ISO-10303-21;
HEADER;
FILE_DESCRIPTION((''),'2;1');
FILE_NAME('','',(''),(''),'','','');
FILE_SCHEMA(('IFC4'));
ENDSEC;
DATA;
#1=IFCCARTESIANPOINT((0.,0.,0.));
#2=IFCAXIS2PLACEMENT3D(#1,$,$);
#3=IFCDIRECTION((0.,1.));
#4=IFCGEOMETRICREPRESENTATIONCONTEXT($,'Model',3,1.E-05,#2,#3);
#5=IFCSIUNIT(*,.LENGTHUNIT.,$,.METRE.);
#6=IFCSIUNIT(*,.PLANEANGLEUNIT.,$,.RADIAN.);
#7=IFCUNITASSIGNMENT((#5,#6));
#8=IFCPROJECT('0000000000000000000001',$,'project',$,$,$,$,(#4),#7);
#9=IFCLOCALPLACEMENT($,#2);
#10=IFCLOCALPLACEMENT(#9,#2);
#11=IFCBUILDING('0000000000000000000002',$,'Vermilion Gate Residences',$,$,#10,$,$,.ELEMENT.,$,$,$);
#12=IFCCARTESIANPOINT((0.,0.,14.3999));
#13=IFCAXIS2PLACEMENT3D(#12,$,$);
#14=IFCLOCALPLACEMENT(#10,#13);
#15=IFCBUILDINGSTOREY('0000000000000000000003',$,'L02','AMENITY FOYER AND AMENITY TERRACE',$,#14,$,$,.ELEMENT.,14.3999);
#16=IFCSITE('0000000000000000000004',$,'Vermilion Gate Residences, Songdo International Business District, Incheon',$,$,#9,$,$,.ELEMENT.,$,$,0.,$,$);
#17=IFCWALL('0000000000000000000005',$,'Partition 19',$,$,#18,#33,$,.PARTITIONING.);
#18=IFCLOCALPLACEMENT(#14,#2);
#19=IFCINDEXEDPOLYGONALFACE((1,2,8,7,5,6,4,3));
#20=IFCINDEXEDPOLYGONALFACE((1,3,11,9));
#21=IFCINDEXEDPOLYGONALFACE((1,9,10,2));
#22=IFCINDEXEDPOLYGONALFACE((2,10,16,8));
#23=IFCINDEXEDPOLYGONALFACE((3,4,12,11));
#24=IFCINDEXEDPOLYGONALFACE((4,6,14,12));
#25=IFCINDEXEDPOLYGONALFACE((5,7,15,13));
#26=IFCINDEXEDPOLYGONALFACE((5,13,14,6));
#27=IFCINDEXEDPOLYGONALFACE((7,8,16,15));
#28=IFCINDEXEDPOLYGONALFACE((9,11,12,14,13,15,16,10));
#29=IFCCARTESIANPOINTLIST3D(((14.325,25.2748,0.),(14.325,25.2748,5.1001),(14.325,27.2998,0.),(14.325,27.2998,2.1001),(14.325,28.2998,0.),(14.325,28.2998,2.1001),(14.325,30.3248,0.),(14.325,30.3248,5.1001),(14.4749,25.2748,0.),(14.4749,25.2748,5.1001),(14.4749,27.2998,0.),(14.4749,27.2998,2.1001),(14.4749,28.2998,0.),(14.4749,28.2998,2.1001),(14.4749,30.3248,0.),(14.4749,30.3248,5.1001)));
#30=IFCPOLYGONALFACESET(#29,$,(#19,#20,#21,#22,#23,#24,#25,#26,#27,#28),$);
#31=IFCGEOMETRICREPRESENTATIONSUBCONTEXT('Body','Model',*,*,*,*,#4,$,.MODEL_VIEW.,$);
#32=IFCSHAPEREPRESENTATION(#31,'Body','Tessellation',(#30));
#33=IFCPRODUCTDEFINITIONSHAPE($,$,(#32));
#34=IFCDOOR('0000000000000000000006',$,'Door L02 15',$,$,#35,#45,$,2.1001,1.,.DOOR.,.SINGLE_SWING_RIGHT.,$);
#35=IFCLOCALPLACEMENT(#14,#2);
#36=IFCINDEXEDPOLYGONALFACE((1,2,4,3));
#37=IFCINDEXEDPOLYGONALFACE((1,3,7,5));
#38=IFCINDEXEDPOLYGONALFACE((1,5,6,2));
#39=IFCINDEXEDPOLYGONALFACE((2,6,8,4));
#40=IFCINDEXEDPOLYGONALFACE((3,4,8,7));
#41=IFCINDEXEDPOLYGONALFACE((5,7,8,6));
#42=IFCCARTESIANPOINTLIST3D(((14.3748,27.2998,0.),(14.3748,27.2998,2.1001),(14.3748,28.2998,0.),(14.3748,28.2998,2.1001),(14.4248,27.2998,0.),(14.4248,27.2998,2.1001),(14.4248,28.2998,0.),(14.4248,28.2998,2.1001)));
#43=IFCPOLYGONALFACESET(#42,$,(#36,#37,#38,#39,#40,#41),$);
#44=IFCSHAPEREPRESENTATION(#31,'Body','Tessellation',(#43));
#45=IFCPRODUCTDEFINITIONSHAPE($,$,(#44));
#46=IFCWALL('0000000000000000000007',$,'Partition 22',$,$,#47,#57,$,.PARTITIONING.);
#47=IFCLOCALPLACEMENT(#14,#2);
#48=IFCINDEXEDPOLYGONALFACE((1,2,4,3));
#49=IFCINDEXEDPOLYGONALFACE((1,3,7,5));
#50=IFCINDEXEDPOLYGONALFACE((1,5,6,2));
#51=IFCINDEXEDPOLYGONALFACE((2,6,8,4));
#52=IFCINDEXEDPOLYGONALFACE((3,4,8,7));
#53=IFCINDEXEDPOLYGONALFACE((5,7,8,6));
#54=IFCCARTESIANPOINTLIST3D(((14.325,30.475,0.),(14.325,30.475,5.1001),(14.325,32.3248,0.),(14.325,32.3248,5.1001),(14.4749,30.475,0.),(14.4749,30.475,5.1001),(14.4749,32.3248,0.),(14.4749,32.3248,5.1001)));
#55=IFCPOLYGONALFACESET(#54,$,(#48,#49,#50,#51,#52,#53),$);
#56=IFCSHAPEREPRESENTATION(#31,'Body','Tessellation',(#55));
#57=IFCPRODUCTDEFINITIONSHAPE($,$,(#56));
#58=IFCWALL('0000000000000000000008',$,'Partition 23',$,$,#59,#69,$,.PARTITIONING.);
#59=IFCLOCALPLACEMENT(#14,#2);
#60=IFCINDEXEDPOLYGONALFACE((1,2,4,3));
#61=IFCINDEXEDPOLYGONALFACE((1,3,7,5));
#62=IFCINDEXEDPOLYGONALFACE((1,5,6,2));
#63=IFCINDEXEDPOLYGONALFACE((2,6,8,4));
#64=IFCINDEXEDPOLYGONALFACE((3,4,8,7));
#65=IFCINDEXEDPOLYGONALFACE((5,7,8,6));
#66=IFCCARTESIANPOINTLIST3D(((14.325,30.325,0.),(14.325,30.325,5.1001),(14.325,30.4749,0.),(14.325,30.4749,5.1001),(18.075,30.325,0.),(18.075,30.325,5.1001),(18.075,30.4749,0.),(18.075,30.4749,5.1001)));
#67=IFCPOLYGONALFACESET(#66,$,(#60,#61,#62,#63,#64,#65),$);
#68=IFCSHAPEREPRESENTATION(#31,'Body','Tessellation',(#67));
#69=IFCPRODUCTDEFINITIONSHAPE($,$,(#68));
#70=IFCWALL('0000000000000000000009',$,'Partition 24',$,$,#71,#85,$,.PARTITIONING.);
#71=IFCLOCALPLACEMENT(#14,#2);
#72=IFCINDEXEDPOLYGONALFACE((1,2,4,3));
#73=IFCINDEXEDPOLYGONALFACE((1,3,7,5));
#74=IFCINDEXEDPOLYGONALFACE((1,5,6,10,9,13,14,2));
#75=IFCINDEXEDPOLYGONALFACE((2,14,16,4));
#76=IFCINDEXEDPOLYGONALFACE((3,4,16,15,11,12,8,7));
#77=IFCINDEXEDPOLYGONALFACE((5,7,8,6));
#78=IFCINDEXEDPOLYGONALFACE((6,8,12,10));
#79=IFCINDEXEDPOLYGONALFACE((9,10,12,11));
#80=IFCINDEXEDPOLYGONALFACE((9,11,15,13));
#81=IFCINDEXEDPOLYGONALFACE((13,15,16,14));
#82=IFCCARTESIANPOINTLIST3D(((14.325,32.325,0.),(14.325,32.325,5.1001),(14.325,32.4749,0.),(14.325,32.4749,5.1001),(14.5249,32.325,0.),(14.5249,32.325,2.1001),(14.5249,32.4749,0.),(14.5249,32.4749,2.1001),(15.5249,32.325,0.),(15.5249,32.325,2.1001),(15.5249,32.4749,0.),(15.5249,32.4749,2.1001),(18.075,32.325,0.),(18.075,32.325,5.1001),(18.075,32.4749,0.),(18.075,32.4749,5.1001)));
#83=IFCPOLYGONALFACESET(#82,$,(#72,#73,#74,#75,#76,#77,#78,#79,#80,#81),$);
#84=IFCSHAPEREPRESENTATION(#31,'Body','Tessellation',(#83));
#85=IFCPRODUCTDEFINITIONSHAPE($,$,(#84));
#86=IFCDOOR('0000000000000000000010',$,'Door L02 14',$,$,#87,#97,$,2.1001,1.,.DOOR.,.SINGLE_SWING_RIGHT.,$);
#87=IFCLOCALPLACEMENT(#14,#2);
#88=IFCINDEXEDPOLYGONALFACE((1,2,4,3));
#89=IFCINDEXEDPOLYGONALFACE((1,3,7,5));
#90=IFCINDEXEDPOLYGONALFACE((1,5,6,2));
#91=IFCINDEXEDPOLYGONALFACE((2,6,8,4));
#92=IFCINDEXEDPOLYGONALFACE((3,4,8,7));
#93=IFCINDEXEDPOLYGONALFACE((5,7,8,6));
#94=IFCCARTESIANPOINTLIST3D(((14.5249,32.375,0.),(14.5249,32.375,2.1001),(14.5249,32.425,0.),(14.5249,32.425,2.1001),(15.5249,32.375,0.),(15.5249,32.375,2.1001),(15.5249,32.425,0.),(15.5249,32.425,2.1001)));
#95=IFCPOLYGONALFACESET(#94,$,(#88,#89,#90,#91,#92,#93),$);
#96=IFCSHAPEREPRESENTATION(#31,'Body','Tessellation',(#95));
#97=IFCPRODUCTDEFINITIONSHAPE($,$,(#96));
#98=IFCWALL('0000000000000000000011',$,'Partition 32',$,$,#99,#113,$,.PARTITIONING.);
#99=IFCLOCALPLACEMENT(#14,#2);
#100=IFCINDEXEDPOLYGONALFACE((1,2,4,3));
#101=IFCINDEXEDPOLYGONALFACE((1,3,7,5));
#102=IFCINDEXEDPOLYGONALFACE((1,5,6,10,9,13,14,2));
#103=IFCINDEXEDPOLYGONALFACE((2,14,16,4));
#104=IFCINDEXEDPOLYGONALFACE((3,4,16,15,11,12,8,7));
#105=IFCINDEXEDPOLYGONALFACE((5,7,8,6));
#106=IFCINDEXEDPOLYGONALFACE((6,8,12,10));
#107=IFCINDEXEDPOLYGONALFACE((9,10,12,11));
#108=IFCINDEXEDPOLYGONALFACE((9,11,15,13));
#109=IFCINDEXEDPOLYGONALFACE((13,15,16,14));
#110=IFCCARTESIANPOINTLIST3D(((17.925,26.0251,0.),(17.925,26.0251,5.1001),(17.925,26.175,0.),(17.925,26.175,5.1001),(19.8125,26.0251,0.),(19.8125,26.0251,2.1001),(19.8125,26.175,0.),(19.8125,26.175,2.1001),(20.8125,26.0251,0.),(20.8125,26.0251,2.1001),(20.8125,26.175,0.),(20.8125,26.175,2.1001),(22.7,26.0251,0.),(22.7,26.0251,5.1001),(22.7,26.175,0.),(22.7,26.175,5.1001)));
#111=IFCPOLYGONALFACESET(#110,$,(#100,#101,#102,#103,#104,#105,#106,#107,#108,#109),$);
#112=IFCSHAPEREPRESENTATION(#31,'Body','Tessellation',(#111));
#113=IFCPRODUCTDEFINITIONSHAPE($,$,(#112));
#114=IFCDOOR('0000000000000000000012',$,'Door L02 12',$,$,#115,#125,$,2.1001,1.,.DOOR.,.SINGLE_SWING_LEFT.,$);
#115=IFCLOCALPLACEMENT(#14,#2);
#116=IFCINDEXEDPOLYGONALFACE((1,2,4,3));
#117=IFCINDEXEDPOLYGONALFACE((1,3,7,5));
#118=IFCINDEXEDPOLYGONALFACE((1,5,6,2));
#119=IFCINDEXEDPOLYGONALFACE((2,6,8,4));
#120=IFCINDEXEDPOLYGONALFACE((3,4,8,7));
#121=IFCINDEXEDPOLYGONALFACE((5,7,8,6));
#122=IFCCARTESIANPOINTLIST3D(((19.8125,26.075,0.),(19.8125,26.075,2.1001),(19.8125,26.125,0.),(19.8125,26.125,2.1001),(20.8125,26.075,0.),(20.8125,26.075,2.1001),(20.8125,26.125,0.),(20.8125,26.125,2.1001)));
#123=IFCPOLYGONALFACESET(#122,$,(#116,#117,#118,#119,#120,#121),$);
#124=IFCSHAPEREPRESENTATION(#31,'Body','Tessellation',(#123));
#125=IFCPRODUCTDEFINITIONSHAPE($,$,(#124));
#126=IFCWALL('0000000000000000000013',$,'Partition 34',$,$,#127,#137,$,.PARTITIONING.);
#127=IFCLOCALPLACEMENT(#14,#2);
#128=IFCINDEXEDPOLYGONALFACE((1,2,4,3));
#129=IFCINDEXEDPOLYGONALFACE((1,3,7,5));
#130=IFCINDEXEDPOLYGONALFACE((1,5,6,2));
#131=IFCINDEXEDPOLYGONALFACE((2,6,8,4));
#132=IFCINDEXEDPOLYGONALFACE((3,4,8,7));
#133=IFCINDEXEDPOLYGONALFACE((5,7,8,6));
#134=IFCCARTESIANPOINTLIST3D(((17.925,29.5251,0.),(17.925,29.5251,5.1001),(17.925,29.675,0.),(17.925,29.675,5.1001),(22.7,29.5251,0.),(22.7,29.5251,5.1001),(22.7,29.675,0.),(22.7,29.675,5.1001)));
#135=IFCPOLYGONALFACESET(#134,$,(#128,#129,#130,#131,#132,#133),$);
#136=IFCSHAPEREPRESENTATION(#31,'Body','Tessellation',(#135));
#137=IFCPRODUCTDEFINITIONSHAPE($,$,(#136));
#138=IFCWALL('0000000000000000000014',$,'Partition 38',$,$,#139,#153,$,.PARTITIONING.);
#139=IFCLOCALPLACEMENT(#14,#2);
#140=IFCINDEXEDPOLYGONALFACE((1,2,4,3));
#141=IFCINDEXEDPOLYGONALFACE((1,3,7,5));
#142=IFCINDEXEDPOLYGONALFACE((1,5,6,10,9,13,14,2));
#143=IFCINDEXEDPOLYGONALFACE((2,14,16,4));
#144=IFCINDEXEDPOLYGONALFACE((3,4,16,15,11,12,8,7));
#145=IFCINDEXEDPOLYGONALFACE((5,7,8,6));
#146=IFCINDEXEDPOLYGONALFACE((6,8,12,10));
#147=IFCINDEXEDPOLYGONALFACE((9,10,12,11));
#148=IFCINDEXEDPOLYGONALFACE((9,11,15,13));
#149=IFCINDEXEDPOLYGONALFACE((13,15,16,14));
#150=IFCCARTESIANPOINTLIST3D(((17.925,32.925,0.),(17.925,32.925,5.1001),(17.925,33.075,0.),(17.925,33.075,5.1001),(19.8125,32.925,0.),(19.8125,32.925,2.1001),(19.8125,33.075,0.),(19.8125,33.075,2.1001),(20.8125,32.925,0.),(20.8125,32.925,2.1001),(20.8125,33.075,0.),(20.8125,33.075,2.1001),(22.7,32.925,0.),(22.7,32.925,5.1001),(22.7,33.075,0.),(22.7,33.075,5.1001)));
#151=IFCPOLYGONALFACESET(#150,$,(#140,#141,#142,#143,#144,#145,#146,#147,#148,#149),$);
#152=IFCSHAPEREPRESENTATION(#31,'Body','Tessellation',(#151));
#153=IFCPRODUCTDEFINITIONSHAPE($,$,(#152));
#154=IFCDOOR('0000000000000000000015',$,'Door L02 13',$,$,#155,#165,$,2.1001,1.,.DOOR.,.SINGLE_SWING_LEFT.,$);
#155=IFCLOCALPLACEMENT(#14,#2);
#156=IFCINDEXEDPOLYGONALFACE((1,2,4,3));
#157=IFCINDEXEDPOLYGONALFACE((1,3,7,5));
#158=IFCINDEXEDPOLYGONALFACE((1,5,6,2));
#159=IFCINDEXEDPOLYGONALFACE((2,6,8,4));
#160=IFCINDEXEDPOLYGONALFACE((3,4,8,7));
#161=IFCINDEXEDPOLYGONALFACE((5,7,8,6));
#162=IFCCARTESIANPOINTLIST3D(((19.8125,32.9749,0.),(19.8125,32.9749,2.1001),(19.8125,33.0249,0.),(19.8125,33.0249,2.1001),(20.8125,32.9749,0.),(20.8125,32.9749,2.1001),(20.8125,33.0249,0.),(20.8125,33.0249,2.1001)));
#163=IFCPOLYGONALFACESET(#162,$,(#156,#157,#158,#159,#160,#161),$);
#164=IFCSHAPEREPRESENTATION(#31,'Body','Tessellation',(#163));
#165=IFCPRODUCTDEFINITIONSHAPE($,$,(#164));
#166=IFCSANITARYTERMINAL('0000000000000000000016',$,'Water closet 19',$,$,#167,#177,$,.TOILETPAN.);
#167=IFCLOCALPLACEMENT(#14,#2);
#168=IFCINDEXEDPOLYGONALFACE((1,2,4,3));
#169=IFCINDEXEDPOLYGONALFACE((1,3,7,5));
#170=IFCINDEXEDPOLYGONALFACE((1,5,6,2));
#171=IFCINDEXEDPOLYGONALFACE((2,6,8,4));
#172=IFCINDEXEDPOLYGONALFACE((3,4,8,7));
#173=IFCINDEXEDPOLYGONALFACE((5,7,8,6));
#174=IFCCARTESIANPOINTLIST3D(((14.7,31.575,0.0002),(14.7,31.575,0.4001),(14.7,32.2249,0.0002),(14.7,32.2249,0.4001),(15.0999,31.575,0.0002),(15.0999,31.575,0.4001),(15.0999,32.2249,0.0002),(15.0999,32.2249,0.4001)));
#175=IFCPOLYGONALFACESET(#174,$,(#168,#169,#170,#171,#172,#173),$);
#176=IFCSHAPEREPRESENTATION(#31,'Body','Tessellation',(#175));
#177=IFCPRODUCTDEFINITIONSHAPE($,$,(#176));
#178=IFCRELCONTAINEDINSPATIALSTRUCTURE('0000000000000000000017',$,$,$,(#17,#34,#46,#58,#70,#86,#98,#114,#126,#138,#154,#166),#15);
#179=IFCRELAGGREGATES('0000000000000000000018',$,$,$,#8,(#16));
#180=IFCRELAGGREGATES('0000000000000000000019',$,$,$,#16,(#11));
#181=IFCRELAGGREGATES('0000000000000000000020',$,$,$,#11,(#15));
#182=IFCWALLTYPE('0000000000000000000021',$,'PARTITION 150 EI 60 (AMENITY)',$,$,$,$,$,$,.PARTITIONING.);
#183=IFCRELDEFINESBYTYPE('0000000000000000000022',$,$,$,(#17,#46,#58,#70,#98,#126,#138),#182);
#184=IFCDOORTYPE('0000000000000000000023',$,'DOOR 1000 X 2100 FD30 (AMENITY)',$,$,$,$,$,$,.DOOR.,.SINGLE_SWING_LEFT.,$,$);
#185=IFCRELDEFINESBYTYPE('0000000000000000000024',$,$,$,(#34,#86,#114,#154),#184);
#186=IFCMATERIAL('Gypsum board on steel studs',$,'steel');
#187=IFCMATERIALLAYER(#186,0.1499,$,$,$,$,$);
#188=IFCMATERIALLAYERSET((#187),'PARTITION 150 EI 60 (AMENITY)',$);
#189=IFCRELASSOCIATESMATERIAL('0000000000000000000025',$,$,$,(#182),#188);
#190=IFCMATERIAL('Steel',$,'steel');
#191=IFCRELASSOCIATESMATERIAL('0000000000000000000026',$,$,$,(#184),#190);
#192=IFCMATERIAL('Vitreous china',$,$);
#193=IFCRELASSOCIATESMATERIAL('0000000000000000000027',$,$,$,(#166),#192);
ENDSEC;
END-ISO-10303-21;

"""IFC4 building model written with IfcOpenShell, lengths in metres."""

from ifc_helpers import new_model, si_unit, direction, frame, frame_2d, origin, origin_2d, place, context, subcontext, project, spatial, rectangle, extrude, material, layer, layer_set, type_object, element, fill, save


model = new_model("IFC4")

# Units and contexts
model_context = context("Model", 3, precision=1e-05, world=origin(), true_north=direction((0.0, 1.0)))
body_context = subcontext(model_context, "Body", "Model", "MODEL_VIEW")
ifc_project = project(units=[si_unit("LENGTHUNIT", "METRE"), si_unit("PLANEANGLEUNIT", "RADIAN")], contexts=[model_context])

# Site, building, storey
site_placement = place(None, origin())
site = spatial("IfcSite", under=ifc_project, at=site_placement, Name="Vermilion Gate Residences, Songdo International Business District, Incheon", CompositionType="ELEMENT", RefElevation=0.0)
building_placement = place(site_placement, origin())
building = spatial("IfcBuilding", under=site, at=building_placement, Name="Vermilion Gate Residences", CompositionType="ELEMENT")
storey_placement = place(building_placement, frame((0.0, 0.0, 14.3999)))
storey = spatial("IfcBuildingStorey", under=building, at=storey_placement, Name="L02", Description="AMENITY FOYER AND AMENITY TERRACE", CompositionType="ELEMENT", Elevation=14.3999)

# Shared definitions
ifc_material_1 = material(Name="Gypsum board on steel studs", Category="steel")
ifc_layer = layer(ifc_material_1, 0.1499)
ifc_layer_set = layer_set([ifc_layer], Name="PARTITION 150 EI 60 (AMENITY)")
wall_type = type_object("IfcWallType", Name="PARTITION 150 EI 60 (AMENITY)", PredefinedType="PARTITIONING", material=ifc_layer_set)
ifc_material_2 = material(Name="Steel", Category="steel")
door_type = type_object("IfcDoorType", Name="DOOR 1000 X 2100 FD30 (AMENITY)", OperationType="SINGLE_SWING_LEFT", PredefinedType="DOOR", material=ifc_material_2)

# Wall, opening, door
wall_1_placement = place(storey_placement, frame((14.3999, 25.2749, 0.0), z_axis=(0.0, 0.0, 1.0), x_axis=(0.0, 1.0, 0.0)))
wall_1 = element("IfcWall", 1, at=wall_1_placement, inside=storey, type_object=wall_type, Name="Partition 19", PredefinedType="PARTITIONING", context=body_context, shape_type="SweptSolid", body=[
    extrude(rectangle(XDim=5.05, YDim=0.1499, at=frame_2d((2.5249, 0.0))), origin(), (0.0, 0.0, 1.0), 5.1001),
])
opening_1_placement = place(wall_1_placement, frame((2.0249, 0.0, 0.0)))
opening_1 = element("IfcOpeningElement", 2, at=opening_1_placement, cuts=wall_1, PredefinedType="OPENING", context=body_context, shape_type="SweptSolid", body=[
    extrude(rectangle(XDim=1.0, YDim=2.1001, at=frame_2d((0.5, 1.05))), frame((0.0, 0.085, 0.0), z_axis=(0.0, -1.0, 0.0), x_axis=(1.0, 0.0, 0.0)), (0.0, 0.0, 1.0), 0.1699),
])
door_1_placement = place(opening_1_placement, frame((1.0, 0.0, 0.0), z_axis=(0.0, 0.0, 1.0), x_axis=(-1.0, 0.0, 0.0)))
door_1 = element("IfcDoor", 3, at=door_1_placement, inside=storey, type_object=door_type, Name="Door L02 15", OperationType="SINGLE_SWING_RIGHT", OverallHeight=2.1001, OverallWidth=1.0, PredefinedType="DOOR", context=body_context, shape_type="SweptSolid", body=[
    extrude(rectangle(XDim=1.0, YDim=2.1001, at=frame_2d((0.5, 1.05))), frame((0.0, 0.0249, 0.0), z_axis=(0.0, -1.0, 0.0), x_axis=(1.0, 0.0, 0.0)), (0.0, 0.0, 1.0), 0.05),
])
fill(opening_1, door_1)

# Walls
wall_2_placement = place(storey_placement, frame((14.3999, 30.4751, 0.0), z_axis=(0.0, 0.0, 1.0), x_axis=(0.0, 1.0, 0.0)))
element("IfcWall", 4, at=wall_2_placement, inside=storey, type_object=wall_type, Name="Partition 22", PredefinedType="PARTITIONING", context=body_context, shape_type="SweptSolid", body=[
    extrude(rectangle(XDim=1.8499, YDim=0.1499, at=frame_2d((0.9248, 0.0))), origin(), (0.0, 0.0, 1.0), 5.1001),
])
wall_3_placement = place(storey_placement, frame((14.325, 30.3999, 0.0), z_axis=(0.0, 0.0, 1.0), x_axis=(1.0, 0.0, 0.0)))
element("IfcWall", 5, at=wall_3_placement, inside=storey, type_object=wall_type, Name="Partition 23", PredefinedType="PARTITIONING", context=body_context, shape_type="SweptSolid", body=[
    extrude(rectangle(XDim=3.75, YDim=0.1499, at=frame_2d((1.875, 0.0))), origin(), (0.0, 0.0, 1.0), 5.1001),
])

# Walls, openings, doors
wall_4_placement = place(storey_placement, frame((14.325, 32.3999, 0.0), z_axis=(0.0, 0.0, 1.0), x_axis=(1.0, 0.0, 0.0)))
wall_4 = element("IfcWall", 6, at=wall_4_placement, inside=storey, type_object=wall_type, Name="Partition 24", PredefinedType="PARTITIONING", context=body_context, shape_type="SweptSolid", body=[
    extrude(rectangle(XDim=3.75, YDim=0.1499, at=frame_2d((1.875, 0.0))), origin(), (0.0, 0.0, 1.0), 5.1001),
])
opening_2_placement = place(wall_4_placement, frame((0.2, 0.0, 0.0)))
opening_2 = element("IfcOpeningElement", 7, at=opening_2_placement, cuts=wall_4, PredefinedType="OPENING", context=body_context, shape_type="SweptSolid", body=[
    extrude(rectangle(XDim=1.0, YDim=2.1001, at=frame_2d((0.5, 1.05))), frame((0.0, 0.085, 0.0), z_axis=(0.0, -1.0, 0.0), x_axis=(1.0, 0.0, 0.0)), (0.0, 0.0, 1.0), 0.1699),
])
door_2_placement = place(opening_2_placement, frame((1.0, 0.0, 0.0), z_axis=(0.0, 0.0, 1.0), x_axis=(-1.0, 0.0, 0.0)))
door_2 = element("IfcDoor", 8, at=door_2_placement, inside=storey, type_object=door_type, Name="Door L02 14", OperationType="SINGLE_SWING_RIGHT", OverallHeight=2.1001, OverallWidth=1.0, PredefinedType="DOOR", context=body_context, shape_type="SweptSolid", body=[
    extrude(rectangle(XDim=1.0, YDim=2.1001, at=frame_2d((0.5, 1.05))), frame((0.0, 0.0249, 0.0), z_axis=(0.0, -1.0, 0.0), x_axis=(1.0, 0.0, 0.0)), (0.0, 0.0, 1.0), 0.05),
])
fill(opening_2, door_2)
wall_5_placement = place(storey_placement, frame((17.925, 26.1001, 0.0), z_axis=(0.0, 0.0, 1.0), x_axis=(1.0, 0.0, 0.0)))
wall_5 = element("IfcWall", 9, at=wall_5_placement, inside=storey, type_object=wall_type, Name="Partition 32", PredefinedType="PARTITIONING", context=body_context, shape_type="SweptSolid", body=[
    extrude(rectangle(XDim=4.7749, YDim=0.1499, at=frame_2d((2.3875, 0.0))), origin(), (0.0, 0.0, 1.0), 5.1001),
])
opening_3_placement = place(wall_5_placement, frame((1.8875, 0.0, 0.0)))
opening_3 = element("IfcOpeningElement", 10, at=opening_3_placement, cuts=wall_5, PredefinedType="OPENING", context=body_context, shape_type="SweptSolid", body=[
    extrude(rectangle(XDim=1.0, YDim=2.1001, at=frame_2d((0.5, 1.05))), frame((0.0, 0.085, 0.0), z_axis=(0.0, -1.0, 0.0), x_axis=(1.0, 0.0, 0.0)), (0.0, 0.0, 1.0), 0.1699),
])
door_3_placement = place(opening_3_placement, origin())
door_3 = element("IfcDoor", 11, at=door_3_placement, inside=storey, type_object=door_type, Name="Door L02 12", OperationType="SINGLE_SWING_LEFT", OverallHeight=2.1001, OverallWidth=1.0, PredefinedType="DOOR", context=body_context, shape_type="SweptSolid", body=[
    extrude(rectangle(XDim=1.0, YDim=2.1001, at=frame_2d((0.5, 1.05))), frame((0.0, 0.0249, 0.0), z_axis=(0.0, -1.0, 0.0), x_axis=(1.0, 0.0, 0.0)), (0.0, 0.0, 1.0), 0.05),
])
fill(opening_3, door_3)

# Wall
wall_6_placement = place(storey_placement, frame((17.925, 29.6001, 0.0), z_axis=(0.0, 0.0, 1.0), x_axis=(1.0, 0.0, 0.0)))
element("IfcWall", 12, at=wall_6_placement, inside=storey, type_object=wall_type, Name="Partition 34", PredefinedType="PARTITIONING", context=body_context, shape_type="SweptSolid", body=[
    extrude(rectangle(XDim=4.7749, YDim=0.1499, at=frame_2d((2.3875, 0.0))), origin(), (0.0, 0.0, 1.0), 5.1001),
])

# Wall, opening, door
wall_7_placement = place(storey_placement, frame((17.925, 33.0, 0.0), z_axis=(0.0, 0.0, 1.0), x_axis=(1.0, 0.0, 0.0)))
wall_7 = element("IfcWall", 13, at=wall_7_placement, inside=storey, type_object=wall_type, Name="Partition 38", PredefinedType="PARTITIONING", context=body_context, shape_type="SweptSolid", body=[
    extrude(rectangle(XDim=4.7749, YDim=0.1499, at=frame_2d((2.3875, 0.0))), origin(), (0.0, 0.0, 1.0), 5.1001),
])
opening_4_placement = place(wall_7_placement, frame((1.8875, 0.0, 0.0)))
opening_4 = element("IfcOpeningElement", 14, at=opening_4_placement, cuts=wall_7, PredefinedType="OPENING", context=body_context, shape_type="SweptSolid", body=[
    extrude(rectangle(XDim=1.0, YDim=2.1001, at=frame_2d((0.5, 1.05))), frame((0.0, 0.085, 0.0), z_axis=(0.0, -1.0, 0.0), x_axis=(1.0, 0.0, 0.0)), (0.0, 0.0, 1.0), 0.1699),
])
door_4_placement = place(opening_4_placement, origin())
door_4 = element("IfcDoor", 15, at=door_4_placement, inside=storey, type_object=door_type, Name="Door L02 13", OperationType="SINGLE_SWING_LEFT", OverallHeight=2.1001, OverallWidth=1.0, PredefinedType="DOOR", context=body_context, shape_type="SweptSolid", body=[
    extrude(rectangle(XDim=1.0, YDim=2.1001, at=frame_2d((0.5, 1.05))), frame((0.0, 0.0249, 0.0), z_axis=(0.0, -1.0, 0.0), x_axis=(1.0, 0.0, 0.0)), (0.0, 0.0, 1.0), 0.05),
])
fill(opening_4, door_4)

# Sanitary terminal
ifc_material_3 = material(Name="Vitreous china")
sanitary_terminal_1_placement = place(storey_placement, frame((14.8999, 31.8999, 0.0002), z_axis=(0.0, 0.0, 1.0), x_axis=(1.0, 0.0, 0.0)))
element("IfcSanitaryTerminal", 16, at=sanitary_terminal_1_placement, inside=storey, material=ifc_material_3, Name="Water closet 19", PredefinedType="TOILETPAN", context=body_context, shape_type="SweptSolid", body=[
    extrude(rectangle(XDim=0.3999, YDim=0.6499, at=origin_2d()), origin(), (0.0, 0.0, 1.0), 0.3999),
])

save(model, "model.ifc")
